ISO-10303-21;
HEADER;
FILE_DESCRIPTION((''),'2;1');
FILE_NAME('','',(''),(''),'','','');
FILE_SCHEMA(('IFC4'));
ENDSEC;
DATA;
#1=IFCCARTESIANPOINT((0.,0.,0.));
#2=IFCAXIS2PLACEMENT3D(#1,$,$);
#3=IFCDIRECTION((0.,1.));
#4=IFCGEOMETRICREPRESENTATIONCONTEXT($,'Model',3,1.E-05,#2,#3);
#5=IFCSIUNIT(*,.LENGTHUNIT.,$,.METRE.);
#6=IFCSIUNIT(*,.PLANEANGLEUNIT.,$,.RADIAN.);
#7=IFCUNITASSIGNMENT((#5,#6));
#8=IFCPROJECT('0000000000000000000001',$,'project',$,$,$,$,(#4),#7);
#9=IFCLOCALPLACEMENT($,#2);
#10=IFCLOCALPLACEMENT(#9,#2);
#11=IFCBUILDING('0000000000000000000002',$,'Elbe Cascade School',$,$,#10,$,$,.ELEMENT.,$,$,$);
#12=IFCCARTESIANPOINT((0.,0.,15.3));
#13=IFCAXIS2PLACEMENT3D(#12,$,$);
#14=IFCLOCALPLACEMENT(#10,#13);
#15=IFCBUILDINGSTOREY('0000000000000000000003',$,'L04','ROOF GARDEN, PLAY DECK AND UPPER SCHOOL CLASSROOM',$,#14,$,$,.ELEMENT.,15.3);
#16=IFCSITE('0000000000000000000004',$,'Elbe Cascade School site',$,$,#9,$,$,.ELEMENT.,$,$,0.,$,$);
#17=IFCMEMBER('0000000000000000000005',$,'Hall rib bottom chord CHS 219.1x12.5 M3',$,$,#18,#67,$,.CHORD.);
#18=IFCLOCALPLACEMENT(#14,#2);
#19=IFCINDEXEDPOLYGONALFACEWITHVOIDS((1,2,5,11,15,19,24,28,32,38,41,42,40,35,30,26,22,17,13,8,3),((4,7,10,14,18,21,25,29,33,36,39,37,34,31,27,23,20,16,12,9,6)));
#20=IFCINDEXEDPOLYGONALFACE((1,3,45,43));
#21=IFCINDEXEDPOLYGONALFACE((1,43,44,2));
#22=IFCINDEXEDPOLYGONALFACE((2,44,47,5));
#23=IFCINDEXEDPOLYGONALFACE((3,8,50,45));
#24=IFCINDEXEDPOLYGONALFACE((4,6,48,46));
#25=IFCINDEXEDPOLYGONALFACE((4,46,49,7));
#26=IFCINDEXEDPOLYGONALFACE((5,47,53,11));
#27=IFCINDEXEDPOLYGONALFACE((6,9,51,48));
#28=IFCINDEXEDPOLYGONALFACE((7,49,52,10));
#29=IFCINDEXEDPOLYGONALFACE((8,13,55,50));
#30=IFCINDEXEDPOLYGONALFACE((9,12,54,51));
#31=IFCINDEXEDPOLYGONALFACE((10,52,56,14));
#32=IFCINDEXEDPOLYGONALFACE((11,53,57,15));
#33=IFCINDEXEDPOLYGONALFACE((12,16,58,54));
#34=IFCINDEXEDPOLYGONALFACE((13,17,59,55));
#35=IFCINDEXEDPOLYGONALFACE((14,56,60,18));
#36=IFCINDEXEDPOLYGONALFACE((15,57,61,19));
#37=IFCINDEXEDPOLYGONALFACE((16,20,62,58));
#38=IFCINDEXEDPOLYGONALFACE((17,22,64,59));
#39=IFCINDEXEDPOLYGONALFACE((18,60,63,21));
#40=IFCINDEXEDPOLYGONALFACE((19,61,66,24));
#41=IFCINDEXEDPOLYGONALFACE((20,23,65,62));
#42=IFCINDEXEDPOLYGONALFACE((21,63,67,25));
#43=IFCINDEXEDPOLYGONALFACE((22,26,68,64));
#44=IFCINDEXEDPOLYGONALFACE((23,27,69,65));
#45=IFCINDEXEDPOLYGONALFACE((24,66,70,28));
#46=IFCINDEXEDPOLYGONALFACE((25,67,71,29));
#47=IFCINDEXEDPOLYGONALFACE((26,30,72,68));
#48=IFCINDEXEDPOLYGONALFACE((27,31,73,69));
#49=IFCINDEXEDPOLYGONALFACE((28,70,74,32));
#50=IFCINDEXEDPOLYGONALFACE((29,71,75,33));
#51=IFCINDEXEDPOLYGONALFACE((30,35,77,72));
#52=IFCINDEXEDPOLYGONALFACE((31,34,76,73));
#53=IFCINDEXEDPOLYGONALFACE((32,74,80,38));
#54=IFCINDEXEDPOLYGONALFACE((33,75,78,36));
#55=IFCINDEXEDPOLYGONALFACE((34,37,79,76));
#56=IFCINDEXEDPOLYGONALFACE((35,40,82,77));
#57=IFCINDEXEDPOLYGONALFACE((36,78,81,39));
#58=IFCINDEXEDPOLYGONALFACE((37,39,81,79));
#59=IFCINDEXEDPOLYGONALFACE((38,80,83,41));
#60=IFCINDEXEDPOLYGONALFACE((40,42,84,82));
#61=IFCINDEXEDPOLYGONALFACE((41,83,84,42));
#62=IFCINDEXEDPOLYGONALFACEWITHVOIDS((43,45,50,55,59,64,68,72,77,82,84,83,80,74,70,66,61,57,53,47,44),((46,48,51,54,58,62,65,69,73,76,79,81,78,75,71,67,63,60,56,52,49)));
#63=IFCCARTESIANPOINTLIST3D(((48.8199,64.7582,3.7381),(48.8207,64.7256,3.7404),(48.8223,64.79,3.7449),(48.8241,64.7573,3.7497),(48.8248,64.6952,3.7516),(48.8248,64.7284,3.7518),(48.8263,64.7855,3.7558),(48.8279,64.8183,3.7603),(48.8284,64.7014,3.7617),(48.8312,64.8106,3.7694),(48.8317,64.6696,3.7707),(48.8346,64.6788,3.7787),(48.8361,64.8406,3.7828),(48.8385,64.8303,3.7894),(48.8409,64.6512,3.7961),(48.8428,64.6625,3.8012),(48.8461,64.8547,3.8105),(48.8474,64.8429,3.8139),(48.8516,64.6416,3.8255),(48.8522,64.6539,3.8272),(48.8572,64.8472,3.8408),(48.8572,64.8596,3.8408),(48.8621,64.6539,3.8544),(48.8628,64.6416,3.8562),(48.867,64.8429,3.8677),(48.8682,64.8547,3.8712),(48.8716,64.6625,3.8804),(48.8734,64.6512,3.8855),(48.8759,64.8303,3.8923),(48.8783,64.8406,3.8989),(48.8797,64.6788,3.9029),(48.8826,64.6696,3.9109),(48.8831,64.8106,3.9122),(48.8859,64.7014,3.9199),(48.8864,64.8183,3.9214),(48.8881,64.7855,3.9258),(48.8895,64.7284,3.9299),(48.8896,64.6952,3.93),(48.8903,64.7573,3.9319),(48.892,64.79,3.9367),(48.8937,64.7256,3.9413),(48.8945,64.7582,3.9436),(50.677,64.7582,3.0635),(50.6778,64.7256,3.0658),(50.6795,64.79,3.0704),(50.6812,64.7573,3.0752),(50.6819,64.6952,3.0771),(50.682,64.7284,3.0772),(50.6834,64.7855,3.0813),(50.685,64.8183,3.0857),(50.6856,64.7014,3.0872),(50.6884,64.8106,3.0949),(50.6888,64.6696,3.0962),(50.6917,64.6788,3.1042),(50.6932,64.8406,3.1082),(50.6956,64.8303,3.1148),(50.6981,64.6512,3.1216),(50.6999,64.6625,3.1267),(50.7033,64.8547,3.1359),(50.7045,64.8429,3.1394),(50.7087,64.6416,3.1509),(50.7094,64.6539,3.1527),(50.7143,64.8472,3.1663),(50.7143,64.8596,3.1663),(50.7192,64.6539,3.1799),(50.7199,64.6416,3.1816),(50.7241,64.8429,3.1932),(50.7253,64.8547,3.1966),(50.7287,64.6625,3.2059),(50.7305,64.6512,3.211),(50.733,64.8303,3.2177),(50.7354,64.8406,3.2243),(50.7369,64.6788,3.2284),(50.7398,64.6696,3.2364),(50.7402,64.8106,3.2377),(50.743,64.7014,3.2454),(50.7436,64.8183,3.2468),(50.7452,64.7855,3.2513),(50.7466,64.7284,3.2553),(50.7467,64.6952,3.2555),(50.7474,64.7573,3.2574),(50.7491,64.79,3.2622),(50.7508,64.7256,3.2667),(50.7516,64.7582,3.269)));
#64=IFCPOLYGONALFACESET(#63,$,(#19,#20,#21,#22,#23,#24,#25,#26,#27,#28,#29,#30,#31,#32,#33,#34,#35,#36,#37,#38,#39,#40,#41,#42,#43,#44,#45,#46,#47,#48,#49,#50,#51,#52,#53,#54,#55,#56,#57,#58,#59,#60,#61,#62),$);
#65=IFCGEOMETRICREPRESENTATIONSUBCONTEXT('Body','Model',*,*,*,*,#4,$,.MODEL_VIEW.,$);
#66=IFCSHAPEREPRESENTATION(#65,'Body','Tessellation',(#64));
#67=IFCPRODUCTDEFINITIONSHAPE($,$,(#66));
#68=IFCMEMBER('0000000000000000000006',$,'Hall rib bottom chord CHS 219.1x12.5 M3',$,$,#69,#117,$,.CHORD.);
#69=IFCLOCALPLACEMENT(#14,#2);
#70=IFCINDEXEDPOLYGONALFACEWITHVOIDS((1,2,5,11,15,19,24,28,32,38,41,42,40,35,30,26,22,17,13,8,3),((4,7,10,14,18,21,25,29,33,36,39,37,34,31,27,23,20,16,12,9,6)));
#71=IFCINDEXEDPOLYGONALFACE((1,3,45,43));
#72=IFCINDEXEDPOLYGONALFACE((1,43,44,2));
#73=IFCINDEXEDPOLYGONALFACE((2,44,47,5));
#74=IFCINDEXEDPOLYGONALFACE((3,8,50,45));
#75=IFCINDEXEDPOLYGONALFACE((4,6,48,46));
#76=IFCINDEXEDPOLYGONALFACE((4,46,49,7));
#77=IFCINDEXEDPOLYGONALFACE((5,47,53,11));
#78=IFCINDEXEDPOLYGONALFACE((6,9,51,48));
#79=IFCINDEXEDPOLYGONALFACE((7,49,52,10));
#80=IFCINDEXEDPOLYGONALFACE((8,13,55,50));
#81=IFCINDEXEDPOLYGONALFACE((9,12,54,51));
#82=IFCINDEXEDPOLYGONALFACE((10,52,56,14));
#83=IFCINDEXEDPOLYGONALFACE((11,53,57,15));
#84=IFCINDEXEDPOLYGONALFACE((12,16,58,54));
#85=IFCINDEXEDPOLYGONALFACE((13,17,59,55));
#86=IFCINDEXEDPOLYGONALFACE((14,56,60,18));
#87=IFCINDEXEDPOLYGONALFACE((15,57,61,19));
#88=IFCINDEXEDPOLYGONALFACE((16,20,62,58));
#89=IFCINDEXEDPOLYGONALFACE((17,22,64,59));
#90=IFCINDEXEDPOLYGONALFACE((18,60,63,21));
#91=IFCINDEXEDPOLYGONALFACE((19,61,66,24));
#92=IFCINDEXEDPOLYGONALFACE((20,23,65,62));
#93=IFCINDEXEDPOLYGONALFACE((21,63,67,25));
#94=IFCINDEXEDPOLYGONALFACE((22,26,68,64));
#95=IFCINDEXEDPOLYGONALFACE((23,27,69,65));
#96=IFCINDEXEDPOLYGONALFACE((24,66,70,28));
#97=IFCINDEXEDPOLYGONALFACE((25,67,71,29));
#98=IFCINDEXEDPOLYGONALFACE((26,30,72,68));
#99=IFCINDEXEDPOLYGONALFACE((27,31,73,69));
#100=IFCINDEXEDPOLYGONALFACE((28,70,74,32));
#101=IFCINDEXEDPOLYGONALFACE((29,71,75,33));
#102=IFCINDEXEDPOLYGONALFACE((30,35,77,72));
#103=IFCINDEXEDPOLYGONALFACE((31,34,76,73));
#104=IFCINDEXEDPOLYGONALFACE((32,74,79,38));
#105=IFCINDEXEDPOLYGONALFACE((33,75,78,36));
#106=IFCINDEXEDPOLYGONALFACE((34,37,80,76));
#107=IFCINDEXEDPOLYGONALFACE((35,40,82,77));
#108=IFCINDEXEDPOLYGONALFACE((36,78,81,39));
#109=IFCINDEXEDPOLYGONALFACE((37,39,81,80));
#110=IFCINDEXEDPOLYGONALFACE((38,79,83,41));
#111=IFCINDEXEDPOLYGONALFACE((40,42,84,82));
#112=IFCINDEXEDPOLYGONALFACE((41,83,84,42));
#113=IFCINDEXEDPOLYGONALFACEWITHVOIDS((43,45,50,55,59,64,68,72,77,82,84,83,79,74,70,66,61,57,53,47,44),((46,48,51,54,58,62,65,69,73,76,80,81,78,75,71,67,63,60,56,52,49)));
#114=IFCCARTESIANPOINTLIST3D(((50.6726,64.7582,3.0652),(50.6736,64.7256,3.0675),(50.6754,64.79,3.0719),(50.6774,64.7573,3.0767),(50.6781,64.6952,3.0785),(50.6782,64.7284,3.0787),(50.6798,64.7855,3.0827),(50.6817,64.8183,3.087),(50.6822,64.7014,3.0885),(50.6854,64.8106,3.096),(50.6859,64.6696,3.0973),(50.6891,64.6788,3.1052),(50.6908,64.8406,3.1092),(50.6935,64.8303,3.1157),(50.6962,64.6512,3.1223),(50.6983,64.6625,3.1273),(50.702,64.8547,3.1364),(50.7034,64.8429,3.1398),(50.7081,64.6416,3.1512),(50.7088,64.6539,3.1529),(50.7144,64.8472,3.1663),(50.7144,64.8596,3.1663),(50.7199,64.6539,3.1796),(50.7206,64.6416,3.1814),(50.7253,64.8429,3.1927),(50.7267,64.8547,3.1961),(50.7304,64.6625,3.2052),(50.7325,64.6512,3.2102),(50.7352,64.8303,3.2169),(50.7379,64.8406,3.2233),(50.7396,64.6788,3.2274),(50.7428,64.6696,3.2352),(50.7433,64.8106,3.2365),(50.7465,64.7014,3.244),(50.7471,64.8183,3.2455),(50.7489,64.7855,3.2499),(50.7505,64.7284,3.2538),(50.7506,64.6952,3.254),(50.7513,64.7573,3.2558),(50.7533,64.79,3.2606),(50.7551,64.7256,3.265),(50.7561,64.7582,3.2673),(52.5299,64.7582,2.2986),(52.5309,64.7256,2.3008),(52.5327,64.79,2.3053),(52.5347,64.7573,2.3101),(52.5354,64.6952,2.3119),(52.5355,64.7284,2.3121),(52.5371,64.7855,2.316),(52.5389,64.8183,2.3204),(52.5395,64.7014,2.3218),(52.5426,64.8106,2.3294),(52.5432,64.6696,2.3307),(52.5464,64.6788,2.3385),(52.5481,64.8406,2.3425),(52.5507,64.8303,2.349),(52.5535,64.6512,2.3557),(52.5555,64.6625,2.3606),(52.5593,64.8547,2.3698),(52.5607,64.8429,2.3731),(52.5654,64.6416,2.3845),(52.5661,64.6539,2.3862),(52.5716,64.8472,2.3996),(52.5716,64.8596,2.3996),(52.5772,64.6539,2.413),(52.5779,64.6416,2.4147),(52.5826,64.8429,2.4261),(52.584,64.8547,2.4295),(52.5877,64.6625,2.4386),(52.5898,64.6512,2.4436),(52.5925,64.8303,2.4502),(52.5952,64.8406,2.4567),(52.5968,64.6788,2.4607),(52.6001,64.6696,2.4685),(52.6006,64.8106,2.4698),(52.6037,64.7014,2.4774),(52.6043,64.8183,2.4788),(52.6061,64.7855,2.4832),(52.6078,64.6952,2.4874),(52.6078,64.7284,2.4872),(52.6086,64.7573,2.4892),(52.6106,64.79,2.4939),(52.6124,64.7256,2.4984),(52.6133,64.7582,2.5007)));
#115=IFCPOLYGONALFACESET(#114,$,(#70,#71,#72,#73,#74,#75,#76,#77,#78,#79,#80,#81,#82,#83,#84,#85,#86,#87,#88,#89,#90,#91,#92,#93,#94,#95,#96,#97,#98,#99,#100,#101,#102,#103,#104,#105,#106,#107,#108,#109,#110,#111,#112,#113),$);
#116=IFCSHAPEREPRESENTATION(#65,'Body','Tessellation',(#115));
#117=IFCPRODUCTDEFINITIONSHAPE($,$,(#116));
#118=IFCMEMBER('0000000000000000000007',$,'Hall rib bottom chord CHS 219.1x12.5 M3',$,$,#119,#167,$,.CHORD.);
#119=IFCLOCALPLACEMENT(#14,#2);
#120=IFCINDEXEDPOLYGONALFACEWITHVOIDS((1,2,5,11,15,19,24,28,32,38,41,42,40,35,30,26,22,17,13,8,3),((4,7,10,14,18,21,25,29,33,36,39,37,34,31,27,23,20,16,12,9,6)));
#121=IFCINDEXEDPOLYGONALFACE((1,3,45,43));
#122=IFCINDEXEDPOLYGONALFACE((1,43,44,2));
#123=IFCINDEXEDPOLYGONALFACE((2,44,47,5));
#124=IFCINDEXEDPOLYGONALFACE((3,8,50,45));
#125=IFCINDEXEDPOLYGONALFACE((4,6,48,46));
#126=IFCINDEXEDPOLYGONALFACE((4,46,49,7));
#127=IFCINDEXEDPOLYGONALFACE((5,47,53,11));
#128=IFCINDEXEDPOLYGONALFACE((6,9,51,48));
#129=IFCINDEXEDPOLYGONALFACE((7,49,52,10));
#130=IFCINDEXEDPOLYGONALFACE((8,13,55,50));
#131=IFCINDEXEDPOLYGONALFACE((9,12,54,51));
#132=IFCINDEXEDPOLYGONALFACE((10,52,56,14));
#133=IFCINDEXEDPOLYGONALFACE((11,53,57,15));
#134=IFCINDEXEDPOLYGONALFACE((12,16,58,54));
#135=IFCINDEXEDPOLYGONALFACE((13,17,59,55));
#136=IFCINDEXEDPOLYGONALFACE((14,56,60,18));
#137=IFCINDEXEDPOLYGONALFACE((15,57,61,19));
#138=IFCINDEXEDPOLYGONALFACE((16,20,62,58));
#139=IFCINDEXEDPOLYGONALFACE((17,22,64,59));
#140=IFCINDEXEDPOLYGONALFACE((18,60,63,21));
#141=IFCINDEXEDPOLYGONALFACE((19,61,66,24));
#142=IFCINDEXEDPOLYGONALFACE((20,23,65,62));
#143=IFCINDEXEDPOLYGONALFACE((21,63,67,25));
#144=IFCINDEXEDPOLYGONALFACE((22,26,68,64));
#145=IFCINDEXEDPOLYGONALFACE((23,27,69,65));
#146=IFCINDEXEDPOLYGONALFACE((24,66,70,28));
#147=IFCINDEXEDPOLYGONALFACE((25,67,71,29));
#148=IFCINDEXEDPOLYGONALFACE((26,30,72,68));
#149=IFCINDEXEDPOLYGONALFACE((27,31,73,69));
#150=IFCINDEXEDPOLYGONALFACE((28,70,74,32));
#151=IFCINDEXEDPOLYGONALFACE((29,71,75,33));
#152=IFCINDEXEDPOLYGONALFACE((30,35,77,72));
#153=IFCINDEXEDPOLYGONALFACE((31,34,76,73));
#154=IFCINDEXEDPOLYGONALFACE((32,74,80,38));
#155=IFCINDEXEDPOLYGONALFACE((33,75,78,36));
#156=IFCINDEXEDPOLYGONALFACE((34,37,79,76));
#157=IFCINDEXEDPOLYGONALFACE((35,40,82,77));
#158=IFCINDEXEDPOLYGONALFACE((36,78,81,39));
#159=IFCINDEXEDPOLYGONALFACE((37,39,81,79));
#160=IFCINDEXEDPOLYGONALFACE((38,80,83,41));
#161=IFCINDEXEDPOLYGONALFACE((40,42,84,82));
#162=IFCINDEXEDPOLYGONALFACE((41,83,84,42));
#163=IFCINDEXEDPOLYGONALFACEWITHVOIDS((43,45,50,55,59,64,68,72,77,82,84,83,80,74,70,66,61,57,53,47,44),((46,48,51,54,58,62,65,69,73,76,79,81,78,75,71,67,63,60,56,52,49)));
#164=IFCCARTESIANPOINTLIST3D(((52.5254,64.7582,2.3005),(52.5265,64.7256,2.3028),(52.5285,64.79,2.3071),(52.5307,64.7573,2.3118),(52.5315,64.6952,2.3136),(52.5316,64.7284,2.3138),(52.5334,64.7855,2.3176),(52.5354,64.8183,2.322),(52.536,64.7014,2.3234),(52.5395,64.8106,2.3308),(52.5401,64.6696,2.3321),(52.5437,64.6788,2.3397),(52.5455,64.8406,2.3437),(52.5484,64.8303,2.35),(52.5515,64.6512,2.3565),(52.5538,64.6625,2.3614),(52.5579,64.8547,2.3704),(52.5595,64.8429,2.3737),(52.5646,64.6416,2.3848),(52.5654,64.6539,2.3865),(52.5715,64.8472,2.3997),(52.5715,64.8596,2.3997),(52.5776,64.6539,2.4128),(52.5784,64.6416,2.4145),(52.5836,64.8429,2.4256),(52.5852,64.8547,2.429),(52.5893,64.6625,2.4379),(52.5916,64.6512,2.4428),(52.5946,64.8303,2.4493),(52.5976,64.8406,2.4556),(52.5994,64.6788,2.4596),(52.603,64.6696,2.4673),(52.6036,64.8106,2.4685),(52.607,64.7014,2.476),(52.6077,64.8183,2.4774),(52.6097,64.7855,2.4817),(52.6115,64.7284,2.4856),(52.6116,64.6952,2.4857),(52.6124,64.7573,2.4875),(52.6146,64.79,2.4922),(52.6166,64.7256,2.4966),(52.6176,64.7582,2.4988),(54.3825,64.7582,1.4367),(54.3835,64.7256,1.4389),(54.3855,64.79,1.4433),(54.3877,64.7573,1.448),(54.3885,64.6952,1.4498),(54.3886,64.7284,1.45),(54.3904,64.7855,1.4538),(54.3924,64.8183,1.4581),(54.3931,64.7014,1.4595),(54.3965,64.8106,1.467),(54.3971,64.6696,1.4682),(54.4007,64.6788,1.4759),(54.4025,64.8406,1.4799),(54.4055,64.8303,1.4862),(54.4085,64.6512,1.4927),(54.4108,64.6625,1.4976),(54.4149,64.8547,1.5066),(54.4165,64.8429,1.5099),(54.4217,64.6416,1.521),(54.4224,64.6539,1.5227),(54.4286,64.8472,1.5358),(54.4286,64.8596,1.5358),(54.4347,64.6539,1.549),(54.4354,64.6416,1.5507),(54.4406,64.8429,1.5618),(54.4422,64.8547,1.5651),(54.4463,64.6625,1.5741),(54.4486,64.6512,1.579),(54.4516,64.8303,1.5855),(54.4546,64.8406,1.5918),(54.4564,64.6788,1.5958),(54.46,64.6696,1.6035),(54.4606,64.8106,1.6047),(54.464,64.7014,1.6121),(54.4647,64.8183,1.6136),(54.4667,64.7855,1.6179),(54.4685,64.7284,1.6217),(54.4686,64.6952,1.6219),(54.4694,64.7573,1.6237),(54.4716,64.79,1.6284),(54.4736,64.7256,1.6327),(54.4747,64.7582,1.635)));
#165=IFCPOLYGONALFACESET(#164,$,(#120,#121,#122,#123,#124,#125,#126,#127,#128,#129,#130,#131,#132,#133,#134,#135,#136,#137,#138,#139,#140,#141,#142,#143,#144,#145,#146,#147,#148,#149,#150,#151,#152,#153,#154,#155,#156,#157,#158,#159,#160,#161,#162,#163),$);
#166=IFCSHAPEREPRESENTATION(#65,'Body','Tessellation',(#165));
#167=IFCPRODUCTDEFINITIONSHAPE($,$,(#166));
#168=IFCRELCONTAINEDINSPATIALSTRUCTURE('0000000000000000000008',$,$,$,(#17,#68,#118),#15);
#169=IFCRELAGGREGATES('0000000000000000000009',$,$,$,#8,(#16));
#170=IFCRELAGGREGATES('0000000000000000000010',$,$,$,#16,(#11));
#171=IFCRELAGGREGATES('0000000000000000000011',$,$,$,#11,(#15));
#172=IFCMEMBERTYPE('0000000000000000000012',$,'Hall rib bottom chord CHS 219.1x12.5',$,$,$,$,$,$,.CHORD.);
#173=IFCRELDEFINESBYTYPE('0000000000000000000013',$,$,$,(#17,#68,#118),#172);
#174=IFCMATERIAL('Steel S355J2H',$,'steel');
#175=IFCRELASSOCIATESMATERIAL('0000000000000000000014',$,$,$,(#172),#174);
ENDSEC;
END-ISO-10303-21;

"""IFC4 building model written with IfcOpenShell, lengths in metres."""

from ifc_helpers import new_model, si_unit, direction, frame, origin, origin_2d, place, context, subcontext, project, spatial, hollow_circle, extrude, material, material_profile, profile_set, type_object, element, save


model = new_model("IFC4")

# Units and contexts
model_context = context("Model", 3, precision=1e-05, world=origin(), true_north=direction((0.0, 1.0)))
body_context = subcontext(model_context, "Body", "Model", "MODEL_VIEW")
ifc_project = project(units=[si_unit("LENGTHUNIT", "METRE"), si_unit("PLANEANGLEUNIT", "RADIAN")], contexts=[model_context])

# Site, building, storey
site_placement = place(None, origin())
site = spatial("IfcSite", under=ifc_project, at=site_placement, Name="Elbe Cascade School site", CompositionType="ELEMENT", RefElevation=0.0)
building_placement = place(site_placement, origin())
building = spatial("IfcBuilding", under=site, at=building_placement, Name="Elbe Cascade School", CompositionType="ELEMENT")
storey_placement = place(building_placement, frame((0.0, 0.0, 15.3)))
storey = spatial("IfcBuildingStorey", under=building, at=storey_placement, Name="L04", Description="ROOF GARDEN, PLAY DECK AND UPPER SCHOOL CLASSROOM", CompositionType="ELEMENT", Elevation=15.3)

# Members
ifc_material_1 = material(Name="Steel S355J2H", Category="steel")
ifc_material_profile_1 = material_profile(ifc_material_1, hollow_circle(Radius=0.1096, WallThickness=0.0125, at=origin_2d()), Name="CHS 219.1x12.5")
ifc_profile_set_1 = profile_set([ifc_material_profile_1], Name="Steel S355J2H")
member_type_1 = type_object("IfcMemberType", Name="Hall rib bottom chord CHS 219.1x12.5", PredefinedType="CHORD", material=ifc_profile_set_1)
member_1_placement = place(storey_placement, frame((48.8572, 64.75, 3.8408), z_axis=(0.93992, 0.0, -0.341396), x_axis=(0.0, 1.0, 0.0)))
element("IfcMember", 1, at=member_1_placement, inside=storey, type_object=member_type_1, Name="Hall rib bottom chord CHS 219.1x12.5 M3", PredefinedType="CHORD", context=body_context, shape_type="SweptSolid", body=[
    extrude(hollow_circle(Radius=0.1096, WallThickness=0.0125, at=origin_2d()), origin(), (0.0, 0.0, 1.0), 1.9758),
])
member_2_placement = place(storey_placement, frame((50.7144, 64.75, 3.1663), z_axis=(0.924348, 0.0, -0.38155), x_axis=(0.0, 1.0, 0.0)))
element("IfcMember", 2, at=member_2_placement, inside=storey, type_object=member_type_1, Name="Hall rib bottom chord CHS 219.1x12.5 M3", PredefinedType="CHORD", context=body_context, shape_type="SweptSolid", body=[
    extrude(hollow_circle(Radius=0.1096, WallThickness=0.0125, at=origin_2d()), origin(), (0.0, 0.0, 1.0), 2.0093),
])
member_3_placement = place(storey_placement, frame((52.5715, 64.75, 2.3997), z_axis=(0.906706, 0.0, -0.421763), x_axis=(0.0, 1.0, 0.0)))
element("IfcMember", 3, at=member_3_placement, inside=storey, type_object=member_type_1, Name="Hall rib bottom chord CHS 219.1x12.5 M3", PredefinedType="CHORD", context=body_context, shape_type="SweptSolid", body=[
    extrude(hollow_circle(Radius=0.1096, WallThickness=0.0125, at=origin_2d()), origin(), (0.0, 0.0, 1.0), 2.0481),
])

save(model, "model.ifc")
